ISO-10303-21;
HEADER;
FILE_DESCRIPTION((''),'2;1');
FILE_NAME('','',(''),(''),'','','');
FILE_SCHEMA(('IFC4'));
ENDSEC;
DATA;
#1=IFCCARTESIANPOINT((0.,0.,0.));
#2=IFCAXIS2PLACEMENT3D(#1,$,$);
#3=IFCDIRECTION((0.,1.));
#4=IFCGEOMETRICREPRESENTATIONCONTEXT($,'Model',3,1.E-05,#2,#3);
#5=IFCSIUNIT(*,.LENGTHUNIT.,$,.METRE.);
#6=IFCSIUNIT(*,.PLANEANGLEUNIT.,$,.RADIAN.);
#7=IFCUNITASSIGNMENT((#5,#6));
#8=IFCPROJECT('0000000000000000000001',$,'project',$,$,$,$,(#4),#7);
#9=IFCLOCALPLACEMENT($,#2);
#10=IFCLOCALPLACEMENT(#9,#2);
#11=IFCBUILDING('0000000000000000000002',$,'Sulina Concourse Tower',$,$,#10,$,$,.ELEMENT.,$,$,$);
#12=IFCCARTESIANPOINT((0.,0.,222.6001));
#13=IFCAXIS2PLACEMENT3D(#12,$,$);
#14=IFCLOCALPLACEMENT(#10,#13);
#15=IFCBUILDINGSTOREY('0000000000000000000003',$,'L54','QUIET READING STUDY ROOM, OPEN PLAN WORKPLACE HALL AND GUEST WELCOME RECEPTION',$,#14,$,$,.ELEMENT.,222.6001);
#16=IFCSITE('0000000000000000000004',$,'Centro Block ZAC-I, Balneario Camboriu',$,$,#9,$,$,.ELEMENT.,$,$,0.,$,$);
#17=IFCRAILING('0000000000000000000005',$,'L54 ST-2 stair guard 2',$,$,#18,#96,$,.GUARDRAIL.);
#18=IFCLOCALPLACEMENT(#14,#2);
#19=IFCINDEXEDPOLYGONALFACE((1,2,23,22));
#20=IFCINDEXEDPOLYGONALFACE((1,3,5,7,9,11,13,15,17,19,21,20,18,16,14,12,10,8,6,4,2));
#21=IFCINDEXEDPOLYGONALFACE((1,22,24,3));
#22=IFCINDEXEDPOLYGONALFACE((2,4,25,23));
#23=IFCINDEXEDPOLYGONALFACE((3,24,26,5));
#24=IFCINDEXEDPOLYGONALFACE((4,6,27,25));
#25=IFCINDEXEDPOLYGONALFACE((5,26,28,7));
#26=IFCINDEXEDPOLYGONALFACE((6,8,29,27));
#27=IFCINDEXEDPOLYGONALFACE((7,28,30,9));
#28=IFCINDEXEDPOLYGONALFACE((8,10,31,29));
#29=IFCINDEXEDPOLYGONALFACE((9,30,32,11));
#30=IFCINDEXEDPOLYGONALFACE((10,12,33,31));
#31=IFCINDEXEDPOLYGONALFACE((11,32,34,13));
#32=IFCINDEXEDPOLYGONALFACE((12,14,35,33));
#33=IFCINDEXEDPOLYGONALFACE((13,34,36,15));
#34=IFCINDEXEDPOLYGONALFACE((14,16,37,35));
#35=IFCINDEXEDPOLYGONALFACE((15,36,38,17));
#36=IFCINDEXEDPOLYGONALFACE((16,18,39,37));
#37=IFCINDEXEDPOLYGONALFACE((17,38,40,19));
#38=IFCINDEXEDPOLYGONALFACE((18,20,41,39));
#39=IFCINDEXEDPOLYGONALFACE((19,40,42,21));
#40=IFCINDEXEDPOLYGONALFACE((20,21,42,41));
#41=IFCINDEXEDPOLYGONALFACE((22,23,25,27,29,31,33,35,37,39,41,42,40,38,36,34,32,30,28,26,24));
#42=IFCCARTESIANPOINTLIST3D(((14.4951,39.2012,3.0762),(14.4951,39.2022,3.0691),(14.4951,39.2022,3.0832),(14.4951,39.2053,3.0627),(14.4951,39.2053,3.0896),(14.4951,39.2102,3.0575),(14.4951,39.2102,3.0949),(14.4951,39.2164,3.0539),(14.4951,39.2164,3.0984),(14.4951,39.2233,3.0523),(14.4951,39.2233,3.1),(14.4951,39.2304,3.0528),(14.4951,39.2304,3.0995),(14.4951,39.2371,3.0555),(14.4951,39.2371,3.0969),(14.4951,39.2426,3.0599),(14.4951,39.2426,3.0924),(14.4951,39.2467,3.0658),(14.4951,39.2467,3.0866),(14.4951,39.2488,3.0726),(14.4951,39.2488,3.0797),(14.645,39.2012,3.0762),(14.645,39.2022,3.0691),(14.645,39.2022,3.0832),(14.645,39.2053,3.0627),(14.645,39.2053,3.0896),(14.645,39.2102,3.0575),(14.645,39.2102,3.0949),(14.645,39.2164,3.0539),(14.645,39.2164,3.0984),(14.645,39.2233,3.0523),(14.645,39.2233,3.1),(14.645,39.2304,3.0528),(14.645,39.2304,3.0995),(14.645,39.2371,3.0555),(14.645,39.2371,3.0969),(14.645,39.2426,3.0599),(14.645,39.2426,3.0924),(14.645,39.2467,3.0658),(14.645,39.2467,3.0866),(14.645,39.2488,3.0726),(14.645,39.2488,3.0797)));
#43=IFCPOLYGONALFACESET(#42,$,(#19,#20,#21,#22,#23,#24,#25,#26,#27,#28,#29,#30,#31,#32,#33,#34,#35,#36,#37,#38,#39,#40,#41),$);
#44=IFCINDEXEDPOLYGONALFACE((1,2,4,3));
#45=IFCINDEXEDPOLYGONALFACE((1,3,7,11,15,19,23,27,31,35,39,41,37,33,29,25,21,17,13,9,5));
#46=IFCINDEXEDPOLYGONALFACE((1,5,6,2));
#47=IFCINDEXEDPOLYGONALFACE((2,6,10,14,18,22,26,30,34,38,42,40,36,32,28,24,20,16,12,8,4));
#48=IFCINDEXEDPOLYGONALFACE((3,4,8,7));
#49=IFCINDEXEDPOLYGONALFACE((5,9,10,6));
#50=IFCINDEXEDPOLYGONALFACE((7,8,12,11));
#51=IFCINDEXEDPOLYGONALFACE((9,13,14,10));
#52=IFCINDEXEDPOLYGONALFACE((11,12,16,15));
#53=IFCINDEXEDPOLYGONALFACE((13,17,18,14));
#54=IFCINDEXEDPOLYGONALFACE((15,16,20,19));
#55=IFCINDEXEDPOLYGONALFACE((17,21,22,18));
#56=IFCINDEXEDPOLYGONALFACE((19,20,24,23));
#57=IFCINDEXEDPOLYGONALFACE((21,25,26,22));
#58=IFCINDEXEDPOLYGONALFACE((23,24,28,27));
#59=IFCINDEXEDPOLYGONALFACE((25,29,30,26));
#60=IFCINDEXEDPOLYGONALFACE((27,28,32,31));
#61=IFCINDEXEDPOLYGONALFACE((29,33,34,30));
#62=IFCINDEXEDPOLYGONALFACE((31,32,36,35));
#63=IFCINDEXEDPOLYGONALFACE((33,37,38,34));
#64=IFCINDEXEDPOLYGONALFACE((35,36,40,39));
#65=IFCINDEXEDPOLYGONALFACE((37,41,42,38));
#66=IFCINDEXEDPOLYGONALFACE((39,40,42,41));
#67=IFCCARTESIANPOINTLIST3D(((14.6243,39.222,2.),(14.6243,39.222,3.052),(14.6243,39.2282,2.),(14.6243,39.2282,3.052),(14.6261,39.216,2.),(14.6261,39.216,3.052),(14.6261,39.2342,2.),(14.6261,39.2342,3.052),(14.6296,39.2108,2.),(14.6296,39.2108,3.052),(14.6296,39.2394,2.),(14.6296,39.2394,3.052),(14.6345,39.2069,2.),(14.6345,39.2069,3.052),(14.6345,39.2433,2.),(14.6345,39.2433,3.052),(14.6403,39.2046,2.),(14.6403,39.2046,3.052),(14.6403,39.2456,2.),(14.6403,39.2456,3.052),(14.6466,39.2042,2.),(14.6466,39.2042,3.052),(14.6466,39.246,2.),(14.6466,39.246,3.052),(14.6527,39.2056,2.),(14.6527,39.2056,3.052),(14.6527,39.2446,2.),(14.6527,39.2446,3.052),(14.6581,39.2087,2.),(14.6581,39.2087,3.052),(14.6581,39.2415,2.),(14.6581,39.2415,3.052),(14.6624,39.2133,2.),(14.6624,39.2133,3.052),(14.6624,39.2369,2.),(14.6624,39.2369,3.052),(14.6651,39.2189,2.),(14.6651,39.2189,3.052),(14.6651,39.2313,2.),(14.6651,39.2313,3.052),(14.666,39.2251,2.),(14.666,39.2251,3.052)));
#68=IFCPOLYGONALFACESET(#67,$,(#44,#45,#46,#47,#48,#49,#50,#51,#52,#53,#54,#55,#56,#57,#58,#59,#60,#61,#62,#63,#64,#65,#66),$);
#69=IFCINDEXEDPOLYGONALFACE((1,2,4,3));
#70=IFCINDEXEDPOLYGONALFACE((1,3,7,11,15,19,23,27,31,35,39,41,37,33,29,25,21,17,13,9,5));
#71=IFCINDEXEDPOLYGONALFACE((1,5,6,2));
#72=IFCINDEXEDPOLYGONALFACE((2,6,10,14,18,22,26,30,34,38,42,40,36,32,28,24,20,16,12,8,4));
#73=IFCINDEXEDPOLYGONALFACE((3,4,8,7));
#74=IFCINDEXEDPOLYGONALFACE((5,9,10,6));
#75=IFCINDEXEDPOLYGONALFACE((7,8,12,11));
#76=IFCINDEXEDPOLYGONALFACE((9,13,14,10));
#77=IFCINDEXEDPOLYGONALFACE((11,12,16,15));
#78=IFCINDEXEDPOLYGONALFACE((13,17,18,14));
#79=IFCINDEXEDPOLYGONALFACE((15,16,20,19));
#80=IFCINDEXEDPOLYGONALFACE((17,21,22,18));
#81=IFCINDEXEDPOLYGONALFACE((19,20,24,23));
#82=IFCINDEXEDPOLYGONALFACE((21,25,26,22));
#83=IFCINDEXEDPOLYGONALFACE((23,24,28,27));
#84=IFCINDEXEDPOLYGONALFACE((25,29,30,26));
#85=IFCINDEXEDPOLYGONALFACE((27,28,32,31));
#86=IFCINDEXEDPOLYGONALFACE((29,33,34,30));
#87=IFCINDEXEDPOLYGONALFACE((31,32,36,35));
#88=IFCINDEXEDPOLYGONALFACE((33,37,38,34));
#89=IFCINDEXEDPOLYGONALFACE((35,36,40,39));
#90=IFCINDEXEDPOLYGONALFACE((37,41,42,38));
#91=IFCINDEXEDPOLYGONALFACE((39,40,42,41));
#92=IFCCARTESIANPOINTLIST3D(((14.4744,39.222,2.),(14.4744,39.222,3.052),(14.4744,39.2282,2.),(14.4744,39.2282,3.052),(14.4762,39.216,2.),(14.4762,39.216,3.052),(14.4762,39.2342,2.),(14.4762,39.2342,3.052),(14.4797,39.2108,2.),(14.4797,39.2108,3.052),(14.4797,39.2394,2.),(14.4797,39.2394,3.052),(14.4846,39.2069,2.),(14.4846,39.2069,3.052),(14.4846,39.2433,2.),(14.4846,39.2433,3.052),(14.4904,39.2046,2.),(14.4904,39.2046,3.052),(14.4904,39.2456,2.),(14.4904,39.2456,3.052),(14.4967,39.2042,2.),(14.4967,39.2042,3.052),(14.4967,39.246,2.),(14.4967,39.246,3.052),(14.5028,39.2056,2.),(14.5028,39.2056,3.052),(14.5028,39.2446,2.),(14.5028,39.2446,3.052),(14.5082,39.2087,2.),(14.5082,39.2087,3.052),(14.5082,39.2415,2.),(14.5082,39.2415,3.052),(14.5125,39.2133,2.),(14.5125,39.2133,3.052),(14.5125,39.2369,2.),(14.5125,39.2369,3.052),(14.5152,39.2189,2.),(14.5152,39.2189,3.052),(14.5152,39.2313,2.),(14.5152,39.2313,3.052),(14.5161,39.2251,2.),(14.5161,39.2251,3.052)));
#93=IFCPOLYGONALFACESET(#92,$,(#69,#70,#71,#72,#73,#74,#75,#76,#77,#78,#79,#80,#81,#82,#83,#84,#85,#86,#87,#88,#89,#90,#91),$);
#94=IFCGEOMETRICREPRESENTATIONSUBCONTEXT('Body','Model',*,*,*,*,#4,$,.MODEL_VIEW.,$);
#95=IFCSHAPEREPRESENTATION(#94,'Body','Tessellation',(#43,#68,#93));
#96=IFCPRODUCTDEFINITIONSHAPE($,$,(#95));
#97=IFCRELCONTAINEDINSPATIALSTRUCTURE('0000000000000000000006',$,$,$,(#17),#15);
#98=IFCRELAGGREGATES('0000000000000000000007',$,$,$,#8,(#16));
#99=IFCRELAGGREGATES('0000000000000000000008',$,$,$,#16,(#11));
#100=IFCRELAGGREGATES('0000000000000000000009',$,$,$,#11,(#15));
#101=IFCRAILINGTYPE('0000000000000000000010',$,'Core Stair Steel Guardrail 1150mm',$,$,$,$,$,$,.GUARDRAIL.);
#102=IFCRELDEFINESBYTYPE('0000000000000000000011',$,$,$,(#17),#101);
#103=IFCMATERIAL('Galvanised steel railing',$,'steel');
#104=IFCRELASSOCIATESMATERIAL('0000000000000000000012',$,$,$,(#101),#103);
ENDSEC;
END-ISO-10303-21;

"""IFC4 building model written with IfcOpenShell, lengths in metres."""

from ifc_helpers import new_model, si_unit, direction, frame, origin, origin_2d, place, context, subcontext, project, spatial, circle, extrude, material, type_object, element, save


model = new_model("IFC4")

# Units and contexts
model_context = context("Model", 3, precision=1e-05, world=origin(), true_north=direction((0.0, 1.0)))
body_context = subcontext(model_context, "Body", "Model", "MODEL_VIEW")
ifc_project = project(units=[si_unit("LENGTHUNIT", "METRE"), si_unit("PLANEANGLEUNIT", "RADIAN")], contexts=[model_context])

# Site, building, storey
site_placement = place(None, origin())
site = spatial("IfcSite", under=ifc_project, at=site_placement, Name="Centro Block ZAC-I, Balneario Camboriu", CompositionType="ELEMENT", RefElevation=0.0)
building_placement = place(site_placement, origin())
building = spatial("IfcBuilding", under=site, at=building_placement, Name="Sulina Concourse Tower", CompositionType="ELEMENT")
storey_placement = place(building_placement, frame((0.0, 0.0, 222.6001)))
storey = spatial("IfcBuildingStorey", under=building, at=storey_placement, Name="L54", Description="QUIET READING STUDY ROOM, OPEN PLAN WORKPLACE HALL AND GUEST WELCOME RECEPTION", CompositionType="ELEMENT", Elevation=222.6001)

# Railing
ifc_material_1 = material(Name="Galvanised steel railing", Category="steel")
railing_type_1 = type_object("IfcRailingType", Name="Core Stair Steel Guardrail 1150mm", PredefinedType="GUARDRAIL", material=ifc_material_1)
railing_1_placement = place(storey_placement, frame((14.645, 39.2251, 2.0)))
element("IfcRailing", 1, at=railing_1_placement, inside=storey, type_object=railing_type_1, Name="L54 ST-2 stair guard 2", PredefinedType="GUARDRAIL", context=body_context, shape_type="SweptSolid", body=[
    extrude(circle(Radius=0.0239, at=origin_2d()), frame((0.0, 0.0, 1.0762), z_axis=(-1.0, 0.0, 0.0), x_axis=(0.0, -1.0, 0.0)), (0.0, 0.0, 1.0), 0.1499),
    extrude(circle(Radius=0.021, at=origin_2d()), origin(), (0.0, 0.0, 1.0), 1.052),
    extrude(circle(Radius=0.021, at=origin_2d()), frame((-0.1499, 0.0, 0.0)), (0.0, 0.0, 1.0), 1.052),
])

save(model, "model.ifc")
